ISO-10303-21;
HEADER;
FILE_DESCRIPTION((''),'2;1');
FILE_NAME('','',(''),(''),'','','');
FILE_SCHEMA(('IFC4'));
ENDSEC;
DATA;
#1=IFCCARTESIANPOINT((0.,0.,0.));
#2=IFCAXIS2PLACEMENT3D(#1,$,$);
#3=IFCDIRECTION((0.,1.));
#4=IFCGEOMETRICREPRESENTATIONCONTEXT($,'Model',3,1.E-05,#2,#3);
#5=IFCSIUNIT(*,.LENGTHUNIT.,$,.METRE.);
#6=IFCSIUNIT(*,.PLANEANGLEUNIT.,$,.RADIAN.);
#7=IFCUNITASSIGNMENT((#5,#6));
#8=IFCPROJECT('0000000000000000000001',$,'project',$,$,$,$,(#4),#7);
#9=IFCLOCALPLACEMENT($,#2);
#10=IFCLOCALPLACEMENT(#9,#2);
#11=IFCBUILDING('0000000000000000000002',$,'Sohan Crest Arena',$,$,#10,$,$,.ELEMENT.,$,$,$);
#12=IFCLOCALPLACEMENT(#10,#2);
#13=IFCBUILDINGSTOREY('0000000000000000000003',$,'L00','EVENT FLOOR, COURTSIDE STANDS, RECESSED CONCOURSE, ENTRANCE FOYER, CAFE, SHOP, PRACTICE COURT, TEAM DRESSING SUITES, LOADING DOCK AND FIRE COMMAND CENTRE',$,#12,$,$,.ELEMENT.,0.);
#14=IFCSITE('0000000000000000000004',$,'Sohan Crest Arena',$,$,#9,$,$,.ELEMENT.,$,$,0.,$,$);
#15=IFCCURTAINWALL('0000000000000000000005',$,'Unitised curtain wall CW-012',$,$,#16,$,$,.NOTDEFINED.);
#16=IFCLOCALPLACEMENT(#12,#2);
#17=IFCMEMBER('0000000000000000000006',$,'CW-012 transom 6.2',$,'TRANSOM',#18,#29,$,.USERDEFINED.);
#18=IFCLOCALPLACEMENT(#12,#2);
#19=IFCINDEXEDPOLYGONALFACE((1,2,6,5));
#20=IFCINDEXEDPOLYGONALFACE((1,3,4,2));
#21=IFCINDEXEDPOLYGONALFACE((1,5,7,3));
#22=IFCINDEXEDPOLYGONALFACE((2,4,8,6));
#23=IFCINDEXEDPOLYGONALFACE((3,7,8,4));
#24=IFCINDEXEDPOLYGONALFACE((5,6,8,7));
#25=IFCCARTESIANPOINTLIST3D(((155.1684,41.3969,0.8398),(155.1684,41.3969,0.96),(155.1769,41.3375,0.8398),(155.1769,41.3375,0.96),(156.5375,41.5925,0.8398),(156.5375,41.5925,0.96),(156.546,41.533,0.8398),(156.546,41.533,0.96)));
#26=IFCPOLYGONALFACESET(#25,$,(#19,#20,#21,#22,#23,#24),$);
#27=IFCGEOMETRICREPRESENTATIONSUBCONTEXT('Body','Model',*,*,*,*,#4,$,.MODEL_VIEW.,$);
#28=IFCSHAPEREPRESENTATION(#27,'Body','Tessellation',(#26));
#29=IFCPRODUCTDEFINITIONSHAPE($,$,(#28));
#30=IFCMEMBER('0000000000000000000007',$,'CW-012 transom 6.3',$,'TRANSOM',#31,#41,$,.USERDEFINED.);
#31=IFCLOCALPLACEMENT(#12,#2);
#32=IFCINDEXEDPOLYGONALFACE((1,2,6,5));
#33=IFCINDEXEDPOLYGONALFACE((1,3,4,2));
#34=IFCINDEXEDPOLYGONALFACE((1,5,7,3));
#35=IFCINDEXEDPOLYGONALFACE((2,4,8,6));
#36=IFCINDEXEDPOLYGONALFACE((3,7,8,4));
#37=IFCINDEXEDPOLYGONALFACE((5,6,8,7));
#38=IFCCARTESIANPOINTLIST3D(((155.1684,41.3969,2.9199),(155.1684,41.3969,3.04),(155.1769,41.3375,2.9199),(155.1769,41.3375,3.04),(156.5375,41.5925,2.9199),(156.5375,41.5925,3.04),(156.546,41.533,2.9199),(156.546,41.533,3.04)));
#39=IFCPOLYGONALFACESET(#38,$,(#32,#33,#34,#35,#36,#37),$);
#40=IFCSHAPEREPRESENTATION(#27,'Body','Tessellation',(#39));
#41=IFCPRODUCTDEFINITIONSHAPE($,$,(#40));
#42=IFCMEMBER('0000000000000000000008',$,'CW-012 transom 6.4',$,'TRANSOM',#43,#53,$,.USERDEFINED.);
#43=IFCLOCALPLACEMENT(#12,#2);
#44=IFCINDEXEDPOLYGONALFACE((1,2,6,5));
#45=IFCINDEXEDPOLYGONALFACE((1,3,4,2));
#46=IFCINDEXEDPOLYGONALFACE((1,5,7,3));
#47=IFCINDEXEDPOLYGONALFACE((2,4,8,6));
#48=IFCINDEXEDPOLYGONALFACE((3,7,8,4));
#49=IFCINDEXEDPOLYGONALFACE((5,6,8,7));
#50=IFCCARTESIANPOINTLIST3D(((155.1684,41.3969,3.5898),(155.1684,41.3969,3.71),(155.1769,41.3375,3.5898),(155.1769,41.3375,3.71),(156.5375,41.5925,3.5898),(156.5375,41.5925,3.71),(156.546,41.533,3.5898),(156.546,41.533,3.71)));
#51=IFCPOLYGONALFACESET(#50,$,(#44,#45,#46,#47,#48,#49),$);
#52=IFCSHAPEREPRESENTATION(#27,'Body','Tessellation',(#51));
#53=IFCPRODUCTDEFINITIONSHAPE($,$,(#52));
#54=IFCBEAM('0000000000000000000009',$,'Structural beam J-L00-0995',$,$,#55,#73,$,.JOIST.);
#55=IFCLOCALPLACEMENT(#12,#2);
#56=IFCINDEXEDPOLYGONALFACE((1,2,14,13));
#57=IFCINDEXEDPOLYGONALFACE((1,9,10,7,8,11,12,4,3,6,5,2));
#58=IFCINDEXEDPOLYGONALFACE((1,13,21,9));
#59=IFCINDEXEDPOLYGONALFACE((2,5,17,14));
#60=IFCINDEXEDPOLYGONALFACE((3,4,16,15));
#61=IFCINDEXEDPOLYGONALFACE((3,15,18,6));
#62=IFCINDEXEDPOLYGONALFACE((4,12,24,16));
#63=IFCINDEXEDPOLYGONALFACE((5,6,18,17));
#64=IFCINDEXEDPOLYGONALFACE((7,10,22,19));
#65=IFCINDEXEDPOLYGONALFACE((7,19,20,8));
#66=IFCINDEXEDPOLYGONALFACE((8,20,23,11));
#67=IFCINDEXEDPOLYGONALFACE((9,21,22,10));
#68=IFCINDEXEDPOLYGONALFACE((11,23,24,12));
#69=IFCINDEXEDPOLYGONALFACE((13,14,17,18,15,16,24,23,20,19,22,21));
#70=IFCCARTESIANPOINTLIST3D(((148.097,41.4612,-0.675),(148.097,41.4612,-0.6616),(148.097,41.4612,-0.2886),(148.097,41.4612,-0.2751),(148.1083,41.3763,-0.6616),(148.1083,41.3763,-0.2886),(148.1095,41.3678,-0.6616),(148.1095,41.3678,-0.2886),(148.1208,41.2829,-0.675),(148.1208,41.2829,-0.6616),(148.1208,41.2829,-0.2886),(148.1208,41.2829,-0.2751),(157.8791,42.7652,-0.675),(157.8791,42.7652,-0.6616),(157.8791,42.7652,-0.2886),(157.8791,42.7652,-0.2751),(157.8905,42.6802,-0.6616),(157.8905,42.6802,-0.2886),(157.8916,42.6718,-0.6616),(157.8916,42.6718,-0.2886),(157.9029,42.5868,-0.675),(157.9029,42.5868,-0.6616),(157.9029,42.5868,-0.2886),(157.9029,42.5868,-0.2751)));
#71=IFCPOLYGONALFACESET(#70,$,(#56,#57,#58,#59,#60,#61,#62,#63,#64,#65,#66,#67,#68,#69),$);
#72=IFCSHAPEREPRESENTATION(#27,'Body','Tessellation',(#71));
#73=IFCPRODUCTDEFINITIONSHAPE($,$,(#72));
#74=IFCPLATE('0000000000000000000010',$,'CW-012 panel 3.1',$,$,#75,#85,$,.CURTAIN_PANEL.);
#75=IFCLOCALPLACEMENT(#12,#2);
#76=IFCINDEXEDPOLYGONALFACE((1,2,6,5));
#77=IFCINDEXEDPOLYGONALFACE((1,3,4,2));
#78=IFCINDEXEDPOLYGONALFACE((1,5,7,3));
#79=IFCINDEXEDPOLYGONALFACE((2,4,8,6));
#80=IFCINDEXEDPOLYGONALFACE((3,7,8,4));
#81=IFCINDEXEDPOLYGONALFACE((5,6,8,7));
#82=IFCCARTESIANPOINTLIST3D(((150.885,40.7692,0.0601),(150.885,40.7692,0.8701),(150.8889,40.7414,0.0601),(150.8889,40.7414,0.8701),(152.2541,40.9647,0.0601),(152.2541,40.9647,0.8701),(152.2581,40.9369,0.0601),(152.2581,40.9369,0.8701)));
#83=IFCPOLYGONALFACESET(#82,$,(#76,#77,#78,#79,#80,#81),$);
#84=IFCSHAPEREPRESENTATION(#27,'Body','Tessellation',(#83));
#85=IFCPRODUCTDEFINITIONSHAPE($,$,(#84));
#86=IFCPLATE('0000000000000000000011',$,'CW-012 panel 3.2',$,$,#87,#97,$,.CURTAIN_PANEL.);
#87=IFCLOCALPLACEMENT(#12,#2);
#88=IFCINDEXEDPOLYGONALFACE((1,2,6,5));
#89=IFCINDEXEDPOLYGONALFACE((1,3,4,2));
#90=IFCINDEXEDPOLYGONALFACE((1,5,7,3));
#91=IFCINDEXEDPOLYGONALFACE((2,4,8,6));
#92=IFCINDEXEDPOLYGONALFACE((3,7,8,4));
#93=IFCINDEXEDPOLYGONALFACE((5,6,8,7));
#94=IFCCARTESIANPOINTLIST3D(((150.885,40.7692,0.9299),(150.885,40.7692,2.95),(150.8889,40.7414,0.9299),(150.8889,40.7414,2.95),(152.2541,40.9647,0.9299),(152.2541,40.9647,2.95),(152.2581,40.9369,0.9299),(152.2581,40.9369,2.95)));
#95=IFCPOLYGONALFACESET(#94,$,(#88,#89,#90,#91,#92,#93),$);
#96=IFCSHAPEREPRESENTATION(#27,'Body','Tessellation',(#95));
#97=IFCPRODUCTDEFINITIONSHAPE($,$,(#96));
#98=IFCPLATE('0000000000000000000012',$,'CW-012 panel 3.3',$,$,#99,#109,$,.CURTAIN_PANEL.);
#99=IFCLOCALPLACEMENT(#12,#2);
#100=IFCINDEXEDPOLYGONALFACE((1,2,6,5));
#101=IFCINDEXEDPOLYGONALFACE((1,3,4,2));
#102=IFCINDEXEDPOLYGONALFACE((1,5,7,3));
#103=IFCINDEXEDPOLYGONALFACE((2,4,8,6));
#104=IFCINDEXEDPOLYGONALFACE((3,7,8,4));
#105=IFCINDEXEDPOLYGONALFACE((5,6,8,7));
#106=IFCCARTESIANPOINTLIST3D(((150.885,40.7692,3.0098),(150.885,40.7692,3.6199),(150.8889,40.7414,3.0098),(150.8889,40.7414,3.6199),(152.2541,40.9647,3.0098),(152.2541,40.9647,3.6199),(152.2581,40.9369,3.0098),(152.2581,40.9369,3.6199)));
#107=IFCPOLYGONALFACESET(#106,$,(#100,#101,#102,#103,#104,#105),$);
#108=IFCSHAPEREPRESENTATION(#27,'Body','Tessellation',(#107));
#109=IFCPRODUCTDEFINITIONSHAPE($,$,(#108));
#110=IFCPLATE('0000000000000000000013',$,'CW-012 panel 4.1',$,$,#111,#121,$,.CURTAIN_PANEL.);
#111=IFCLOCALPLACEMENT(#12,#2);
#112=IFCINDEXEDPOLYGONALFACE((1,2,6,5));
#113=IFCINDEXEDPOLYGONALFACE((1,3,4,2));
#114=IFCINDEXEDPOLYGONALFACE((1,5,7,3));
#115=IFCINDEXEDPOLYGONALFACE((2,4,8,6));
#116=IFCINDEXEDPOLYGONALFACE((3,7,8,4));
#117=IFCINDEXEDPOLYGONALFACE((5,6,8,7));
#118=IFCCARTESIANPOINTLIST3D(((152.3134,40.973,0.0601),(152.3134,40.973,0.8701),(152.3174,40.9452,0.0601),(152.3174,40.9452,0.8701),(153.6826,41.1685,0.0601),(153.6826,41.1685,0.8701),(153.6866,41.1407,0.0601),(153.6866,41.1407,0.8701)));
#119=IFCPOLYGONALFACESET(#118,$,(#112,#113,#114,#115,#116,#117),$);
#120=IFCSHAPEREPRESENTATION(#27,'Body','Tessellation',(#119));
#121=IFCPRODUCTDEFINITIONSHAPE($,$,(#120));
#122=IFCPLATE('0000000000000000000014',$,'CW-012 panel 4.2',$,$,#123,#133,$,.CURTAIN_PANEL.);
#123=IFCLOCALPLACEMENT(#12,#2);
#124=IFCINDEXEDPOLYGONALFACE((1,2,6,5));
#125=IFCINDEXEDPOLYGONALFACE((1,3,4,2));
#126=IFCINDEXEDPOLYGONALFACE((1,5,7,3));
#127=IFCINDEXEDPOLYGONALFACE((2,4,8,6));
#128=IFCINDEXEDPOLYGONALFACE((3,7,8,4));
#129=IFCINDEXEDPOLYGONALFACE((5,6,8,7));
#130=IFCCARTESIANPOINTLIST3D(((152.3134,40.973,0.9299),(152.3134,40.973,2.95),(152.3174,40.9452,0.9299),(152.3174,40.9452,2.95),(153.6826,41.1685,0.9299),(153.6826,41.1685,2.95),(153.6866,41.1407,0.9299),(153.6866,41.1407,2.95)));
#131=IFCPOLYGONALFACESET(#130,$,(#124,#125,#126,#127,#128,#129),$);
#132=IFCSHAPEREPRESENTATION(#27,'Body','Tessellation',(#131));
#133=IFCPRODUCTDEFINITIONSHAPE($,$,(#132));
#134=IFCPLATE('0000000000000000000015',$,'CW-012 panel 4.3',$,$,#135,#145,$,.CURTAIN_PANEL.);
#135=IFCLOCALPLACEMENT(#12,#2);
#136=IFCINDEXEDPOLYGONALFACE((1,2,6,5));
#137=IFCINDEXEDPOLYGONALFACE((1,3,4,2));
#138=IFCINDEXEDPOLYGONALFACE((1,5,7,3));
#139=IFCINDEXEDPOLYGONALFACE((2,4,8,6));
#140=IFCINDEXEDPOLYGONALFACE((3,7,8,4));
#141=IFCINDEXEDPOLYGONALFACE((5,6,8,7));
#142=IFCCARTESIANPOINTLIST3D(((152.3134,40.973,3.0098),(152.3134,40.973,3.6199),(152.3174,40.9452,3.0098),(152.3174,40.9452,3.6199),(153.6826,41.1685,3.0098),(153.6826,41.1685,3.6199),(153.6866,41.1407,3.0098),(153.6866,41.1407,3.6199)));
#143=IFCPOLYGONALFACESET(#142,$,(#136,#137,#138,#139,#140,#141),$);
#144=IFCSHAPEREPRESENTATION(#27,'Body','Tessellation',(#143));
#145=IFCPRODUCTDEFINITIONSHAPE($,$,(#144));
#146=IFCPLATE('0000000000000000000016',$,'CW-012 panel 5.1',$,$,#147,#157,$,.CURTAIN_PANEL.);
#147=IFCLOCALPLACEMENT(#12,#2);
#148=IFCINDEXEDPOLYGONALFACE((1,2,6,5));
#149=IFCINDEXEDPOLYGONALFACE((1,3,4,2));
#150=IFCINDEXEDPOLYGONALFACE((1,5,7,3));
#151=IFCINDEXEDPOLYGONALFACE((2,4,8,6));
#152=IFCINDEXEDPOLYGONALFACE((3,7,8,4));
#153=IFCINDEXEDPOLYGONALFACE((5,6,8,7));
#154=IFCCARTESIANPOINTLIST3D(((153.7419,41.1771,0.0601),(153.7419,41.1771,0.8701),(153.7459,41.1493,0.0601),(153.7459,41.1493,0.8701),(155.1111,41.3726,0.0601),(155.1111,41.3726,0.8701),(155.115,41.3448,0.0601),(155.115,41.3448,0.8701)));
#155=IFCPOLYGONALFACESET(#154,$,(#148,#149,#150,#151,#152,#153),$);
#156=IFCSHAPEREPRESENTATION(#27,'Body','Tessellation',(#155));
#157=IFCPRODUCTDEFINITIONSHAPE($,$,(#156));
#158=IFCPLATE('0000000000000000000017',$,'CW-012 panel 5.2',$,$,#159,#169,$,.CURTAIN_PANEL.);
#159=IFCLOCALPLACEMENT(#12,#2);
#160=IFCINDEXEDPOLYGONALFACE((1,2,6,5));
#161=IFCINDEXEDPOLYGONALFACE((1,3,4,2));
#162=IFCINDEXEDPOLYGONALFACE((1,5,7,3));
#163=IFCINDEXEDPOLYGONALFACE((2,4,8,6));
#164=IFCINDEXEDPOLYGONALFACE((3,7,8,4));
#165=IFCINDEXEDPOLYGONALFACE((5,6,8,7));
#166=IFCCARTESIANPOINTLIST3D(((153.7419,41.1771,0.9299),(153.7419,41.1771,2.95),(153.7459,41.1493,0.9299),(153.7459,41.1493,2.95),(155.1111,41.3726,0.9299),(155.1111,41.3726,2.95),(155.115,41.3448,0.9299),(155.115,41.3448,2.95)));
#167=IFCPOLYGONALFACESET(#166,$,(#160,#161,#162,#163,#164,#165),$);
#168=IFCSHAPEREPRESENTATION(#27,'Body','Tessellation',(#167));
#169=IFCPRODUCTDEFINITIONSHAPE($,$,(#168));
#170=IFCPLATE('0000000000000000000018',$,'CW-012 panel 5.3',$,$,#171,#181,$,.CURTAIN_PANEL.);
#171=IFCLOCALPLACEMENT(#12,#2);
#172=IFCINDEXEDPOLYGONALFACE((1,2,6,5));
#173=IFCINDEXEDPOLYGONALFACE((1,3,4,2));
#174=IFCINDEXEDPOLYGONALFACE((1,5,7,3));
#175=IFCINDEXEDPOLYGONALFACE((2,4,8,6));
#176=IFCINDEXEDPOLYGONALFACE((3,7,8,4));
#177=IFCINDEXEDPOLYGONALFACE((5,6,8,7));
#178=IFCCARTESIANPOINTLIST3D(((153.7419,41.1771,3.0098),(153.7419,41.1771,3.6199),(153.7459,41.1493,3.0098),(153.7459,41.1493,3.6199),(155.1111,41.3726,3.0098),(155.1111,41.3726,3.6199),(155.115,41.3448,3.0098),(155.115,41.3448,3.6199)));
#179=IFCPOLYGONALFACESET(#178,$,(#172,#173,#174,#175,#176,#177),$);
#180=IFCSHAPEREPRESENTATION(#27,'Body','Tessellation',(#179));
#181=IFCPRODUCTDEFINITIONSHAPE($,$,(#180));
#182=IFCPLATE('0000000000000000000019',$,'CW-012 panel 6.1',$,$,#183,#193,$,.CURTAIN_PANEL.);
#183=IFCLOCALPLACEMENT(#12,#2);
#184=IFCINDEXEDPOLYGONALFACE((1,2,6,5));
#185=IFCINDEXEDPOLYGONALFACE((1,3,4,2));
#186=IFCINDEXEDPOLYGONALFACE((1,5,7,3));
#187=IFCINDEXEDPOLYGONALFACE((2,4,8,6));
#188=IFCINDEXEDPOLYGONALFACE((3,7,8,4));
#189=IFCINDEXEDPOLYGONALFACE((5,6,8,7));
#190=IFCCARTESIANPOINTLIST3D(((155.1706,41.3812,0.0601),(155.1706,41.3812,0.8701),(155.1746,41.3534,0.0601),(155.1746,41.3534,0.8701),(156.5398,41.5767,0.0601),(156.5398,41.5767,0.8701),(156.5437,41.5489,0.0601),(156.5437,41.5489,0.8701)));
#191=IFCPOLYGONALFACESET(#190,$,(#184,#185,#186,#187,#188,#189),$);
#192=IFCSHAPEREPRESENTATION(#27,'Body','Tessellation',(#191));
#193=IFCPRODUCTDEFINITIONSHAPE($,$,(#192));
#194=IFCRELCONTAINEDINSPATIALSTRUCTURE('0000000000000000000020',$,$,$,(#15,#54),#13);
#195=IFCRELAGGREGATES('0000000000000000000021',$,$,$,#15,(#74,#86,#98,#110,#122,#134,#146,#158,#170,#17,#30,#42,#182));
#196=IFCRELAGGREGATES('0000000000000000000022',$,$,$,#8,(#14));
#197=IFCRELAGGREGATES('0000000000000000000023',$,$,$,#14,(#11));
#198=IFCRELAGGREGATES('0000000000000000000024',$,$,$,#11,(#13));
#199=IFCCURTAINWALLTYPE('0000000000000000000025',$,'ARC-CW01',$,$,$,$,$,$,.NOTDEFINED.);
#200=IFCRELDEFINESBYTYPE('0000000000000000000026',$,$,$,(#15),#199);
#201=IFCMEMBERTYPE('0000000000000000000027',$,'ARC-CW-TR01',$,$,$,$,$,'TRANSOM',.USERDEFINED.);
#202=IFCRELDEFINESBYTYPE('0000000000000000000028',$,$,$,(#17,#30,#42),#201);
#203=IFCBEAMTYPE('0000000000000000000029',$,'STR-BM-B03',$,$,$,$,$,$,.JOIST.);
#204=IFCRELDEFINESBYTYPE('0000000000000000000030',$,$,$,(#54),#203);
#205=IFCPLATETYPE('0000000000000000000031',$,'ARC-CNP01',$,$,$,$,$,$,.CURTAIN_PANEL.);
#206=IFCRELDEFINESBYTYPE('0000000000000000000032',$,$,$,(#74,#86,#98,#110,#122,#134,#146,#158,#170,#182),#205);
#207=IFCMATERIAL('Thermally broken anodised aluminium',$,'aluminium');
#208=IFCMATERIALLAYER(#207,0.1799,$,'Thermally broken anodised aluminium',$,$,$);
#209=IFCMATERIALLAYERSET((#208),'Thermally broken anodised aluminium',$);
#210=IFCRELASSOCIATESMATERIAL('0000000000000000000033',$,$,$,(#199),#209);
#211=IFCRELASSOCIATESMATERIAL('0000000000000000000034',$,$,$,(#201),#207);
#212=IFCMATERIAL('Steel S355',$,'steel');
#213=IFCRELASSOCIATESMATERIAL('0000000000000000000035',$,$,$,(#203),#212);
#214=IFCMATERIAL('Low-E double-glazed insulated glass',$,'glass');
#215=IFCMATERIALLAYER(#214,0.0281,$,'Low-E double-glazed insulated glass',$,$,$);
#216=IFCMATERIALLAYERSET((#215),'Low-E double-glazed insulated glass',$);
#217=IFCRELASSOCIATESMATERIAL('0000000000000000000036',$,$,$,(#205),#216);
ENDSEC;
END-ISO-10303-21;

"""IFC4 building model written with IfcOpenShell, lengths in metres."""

from ifc_helpers import new_model, si_unit, direction, frame, origin, origin_2d, place, context, subcontext, project, spatial, rectangle, i_section, extrude, material, layer, layer_set, material_profile, profile_set, type_object, element, aggregate, save


model = new_model("IFC4")

# Units and contexts
model_context = context("Model", 3, precision=1e-05, world=origin(), true_north=direction((0.0, 1.0)))
body_context = subcontext(model_context, "Body", "Model", "MODEL_VIEW")
ifc_project = project(units=[si_unit("LENGTHUNIT", "METRE"), si_unit("PLANEANGLEUNIT", "RADIAN")], contexts=[model_context])

# Site, building, storey
site_placement = place(None, origin())
site = spatial("IfcSite", under=ifc_project, at=site_placement, Name="Sohan Crest Arena", CompositionType="ELEMENT", RefElevation=0.0)
building_placement = place(site_placement, origin())
building = spatial("IfcBuilding", under=site, at=building_placement, Name="Sohan Crest Arena", CompositionType="ELEMENT")
storey_placement = place(building_placement, origin())
storey = spatial("IfcBuildingStorey", under=building, at=storey_placement, Name="L00", Description="EVENT FLOOR, COURTSIDE STANDS, RECESSED CONCOURSE, ENTRANCE FOYER, CAFE, SHOP, PRACTICE COURT, TEAM DRESSING SUITES, LOADING DOCK AND FIRE COMMAND CENTRE", CompositionType="ELEMENT", Elevation=0.0)

# Curtain wall, members
ifc_material_1 = material(Name="Thermally broken anodised aluminium", Category="aluminium")
ifc_layer_1 = layer(ifc_material_1, 0.1799, Name="Thermally broken anodised aluminium")
ifc_layer_set_1 = layer_set([ifc_layer_1], Name="Thermally broken anodised aluminium")
curtain_wall_type = type_object("IfcCurtainWallType", Name="ARC-CW01", PredefinedType="NOTDEFINED", material=ifc_layer_set_1)
curtain_wall_placement = place(storey_placement, origin())
curtain_wall = element("IfcCurtainWall", 1, at=curtain_wall_placement, inside=storey, type_object=curtain_wall_type, Name="Unitised curtain wall CW-012", PredefinedType="NOTDEFINED")
ifc_material_profile_1 = material_profile(ifc_material_1, rectangle(XDim=0.0601, YDim=0.1201, at=origin_2d()), Name="ALU-TRAN 60x120")
ifc_profile_set_1 = profile_set([ifc_material_profile_1], Name="Thermally broken anodised aluminium")
member_type_1 = type_object("IfcMemberType", Name="ARC-CW-TR01", ElementType="TRANSOM", PredefinedType="USERDEFINED", material=ifc_profile_set_1)
member_1_placement = place(storey_placement, frame((155.1726, 41.3672, 0.8999), z_axis=(0.989953, 0.141397, 0.0), x_axis=(-0.141397, 0.989953, 0.0)))
member_1 = element("IfcMember", 2, at=member_1_placement, type_object=member_type_1, Name="CW-012 transom 6.2", ObjectType="TRANSOM", PredefinedType="USERDEFINED", context=body_context, shape_type="SweptSolid", body=[
    extrude(rectangle(XDim=0.0601, YDim=0.1201, at=origin_2d()), origin(), (0.0, 0.0, 1.0), 1.3831),
])
member_2_placement = place(storey_placement, frame((155.1726, 41.3672, 2.98), z_axis=(0.989953, 0.141397, 0.0), x_axis=(-0.141397, 0.989953, 0.0)))
member_2 = element("IfcMember", 3, at=member_2_placement, type_object=member_type_1, Name="CW-012 transom 6.3", ObjectType="TRANSOM", PredefinedType="USERDEFINED", context=body_context, shape_type="SweptSolid", body=[
    extrude(rectangle(XDim=0.0601, YDim=0.1201, at=origin_2d()), origin(), (0.0, 0.0, 1.0), 1.3831),
])
member_3_placement = place(storey_placement, frame((155.1726, 41.3672, 3.6499), z_axis=(0.989953, 0.141397, 0.0), x_axis=(-0.141397, 0.989953, 0.0)))
member_3 = element("IfcMember", 4, at=member_3_placement, type_object=member_type_1, Name="CW-012 transom 6.4", ObjectType="TRANSOM", PredefinedType="USERDEFINED", context=body_context, shape_type="SweptSolid", body=[
    extrude(rectangle(XDim=0.0601, YDim=0.1201, at=origin_2d()), origin(), (0.0, 0.0, 1.0), 1.3831),
])

# Beam
ifc_material_2 = material(Name="Steel S355", Category="steel")
ifc_material_profile_2 = material_profile(ifc_material_2, i_section(OverallWidth=0.1799, OverallDepth=0.3999, WebThickness=0.0085, FlangeThickness=0.0134, at=origin_2d()), Name="IPE 400")
ifc_profile_set_2 = profile_set([ifc_material_profile_2], Name="Steel S355")
beam_type = type_object("IfcBeamType", Name="STR-BM-B03", PredefinedType="JOIST", material=ifc_profile_set_2)
beam_placement = place(storey_placement, frame((148.1089, 41.3721, -0.4751), z_axis=(0.991232, 0.13213, 0.0), x_axis=(-0.13213, 0.991232, 0.0)))
element("IfcBeam", 5, at=beam_placement, inside=storey, type_object=beam_type, Name="Structural beam J-L00-0995", PredefinedType="JOIST", context=body_context, shape_type="SweptSolid", body=[
    extrude(i_section(OverallWidth=0.1799, OverallDepth=0.3999, WebThickness=0.0085, FlangeThickness=0.0134, at=origin_2d()), origin(), (0.0, 0.0, 1.0), 9.8687),
])

# Plates
ifc_material_3 = material(Name="Low-E double-glazed insulated glass", Category="glass")
ifc_layer_2 = layer(ifc_material_3, 0.0281, Name="Low-E double-glazed insulated glass")
ifc_layer_set_2 = layer_set([ifc_layer_2], Name="Low-E double-glazed insulated glass")
plate_type = type_object("IfcPlateType", Name="ARC-CNP01", PredefinedType="CURTAIN_PANEL", material=ifc_layer_set_2)
plate_1_placement = place(storey_placement, frame((151.5715, 40.853, 0.0601), z_axis=(0.0, 0.0, 1.0), x_axis=(0.989957, 0.141366, 0.0)))
plate_1 = element("IfcPlate", 6, at=plate_1_placement, type_object=plate_type, Name="CW-012 panel 3.1", PredefinedType="CURTAIN_PANEL", context=body_context, shape_type="SweptSolid", body=[
    extrude(rectangle(XDim=1.3831, YDim=0.0281, at=origin_2d()), origin(), (0.0, 0.0, 1.0), 0.8101),
])
plate_2_placement = place(storey_placement, frame((151.5715, 40.853, 0.9299), z_axis=(0.0, 0.0, 1.0), x_axis=(0.989957, 0.141366, 0.0)))
plate_2 = element("IfcPlate", 7, at=plate_2_placement, type_object=plate_type, Name="CW-012 panel 3.2", PredefinedType="CURTAIN_PANEL", context=body_context, shape_type="SweptSolid", body=[
    extrude(rectangle(XDim=1.3831, YDim=0.0281, at=origin_2d()), origin(), (0.0, 0.0, 1.0), 2.02),
])
plate_3_placement = place(storey_placement, frame((151.5715, 40.853, 3.0098), z_axis=(0.0, 0.0, 1.0), x_axis=(0.989957, 0.141366, 0.0)))
plate_3 = element("IfcPlate", 8, at=plate_3_placement, type_object=plate_type, Name="CW-012 panel 3.3", PredefinedType="CURTAIN_PANEL", context=body_context, shape_type="SweptSolid", body=[
    extrude(rectangle(XDim=1.3831, YDim=0.0281, at=origin_2d()), origin(), (0.0, 0.0, 1.0), 0.6101),
])
plate_4_placement = place(storey_placement, frame((153.0, 41.0569, 0.0601), z_axis=(0.0, 0.0, 1.0), x_axis=(0.989957, 0.141366, 0.0)))
plate_4 = element("IfcPlate", 9, at=plate_4_placement, type_object=plate_type, Name="CW-012 panel 4.1", PredefinedType="CURTAIN_PANEL", context=body_context, shape_type="SweptSolid", body=[
    extrude(rectangle(XDim=1.3831, YDim=0.0281, at=origin_2d()), origin(), (0.0, 0.0, 1.0), 0.8101),
])
plate_5_placement = place(storey_placement, frame((153.0, 41.0569, 0.9299), z_axis=(0.0, 0.0, 1.0), x_axis=(0.989957, 0.141366, 0.0)))
plate_5 = element("IfcPlate", 10, at=plate_5_placement, type_object=plate_type, Name="CW-012 panel 4.2", PredefinedType="CURTAIN_PANEL", context=body_context, shape_type="SweptSolid", body=[
    extrude(rectangle(XDim=1.3831, YDim=0.0281, at=origin_2d()), origin(), (0.0, 0.0, 1.0), 2.02),
])
plate_6_placement = place(storey_placement, frame((153.0, 41.0569, 3.0098), z_axis=(0.0, 0.0, 1.0), x_axis=(0.989957, 0.141366, 0.0)))
plate_6 = element("IfcPlate", 11, at=plate_6_placement, type_object=plate_type, Name="CW-012 panel 4.3", PredefinedType="CURTAIN_PANEL", context=body_context, shape_type="SweptSolid", body=[
    extrude(rectangle(XDim=1.3831, YDim=0.0281, at=origin_2d()), origin(), (0.0, 0.0, 1.0), 0.6101),
])
plate_7_placement = place(storey_placement, frame((154.4285, 41.261, 0.0601), z_axis=(0.0, 0.0, 1.0), x_axis=(0.989957, 0.141366, 0.0)))
plate_7 = element("IfcPlate", 12, at=plate_7_placement, type_object=plate_type, Name="CW-012 panel 5.1", PredefinedType="CURTAIN_PANEL", context=body_context, shape_type="SweptSolid", body=[
    extrude(rectangle(XDim=1.3831, YDim=0.0281, at=origin_2d()), origin(), (0.0, 0.0, 1.0), 0.8101),
])
plate_8_placement = place(storey_placement, frame((154.4285, 41.261, 0.9299), z_axis=(0.0, 0.0, 1.0), x_axis=(0.989957, 0.141366, 0.0)))
plate_8 = element("IfcPlate", 13, at=plate_8_placement, type_object=plate_type, Name="CW-012 panel 5.2", PredefinedType="CURTAIN_PANEL", context=body_context, shape_type="SweptSolid", body=[
    extrude(rectangle(XDim=1.3831, YDim=0.0281, at=origin_2d()), origin(), (0.0, 0.0, 1.0), 2.02),
])
plate_9_placement = place(storey_placement, frame((154.4285, 41.261, 3.0098), z_axis=(0.0, 0.0, 1.0), x_axis=(0.989957, 0.141366, 0.0)))
plate_9 = element("IfcPlate", 14, at=plate_9_placement, type_object=plate_type, Name="CW-012 panel 5.3", PredefinedType="CURTAIN_PANEL", context=body_context, shape_type="SweptSolid", body=[
    extrude(rectangle(XDim=1.3831, YDim=0.0281, at=origin_2d()), origin(), (0.0, 0.0, 1.0), 0.6101),
])
plate_10_placement = place(storey_placement, frame((155.8572, 41.4651, 0.0601), z_axis=(0.0, 0.0, 1.0), x_axis=(0.989957, 0.141366, 0.0)))
plate_10 = element("IfcPlate", 15, at=plate_10_placement, type_object=plate_type, Name="CW-012 panel 6.1", PredefinedType="CURTAIN_PANEL", context=body_context, shape_type="SweptSolid", body=[
    extrude(rectangle(XDim=1.3831, YDim=0.0281, at=origin_2d()), origin(), (0.0, 0.0, 1.0), 0.8101),
])
aggregate(curtain_wall, [plate_1, plate_2, plate_3, plate_4, plate_5, plate_6, plate_7, plate_8, plate_9, member_1, member_2, member_3, plate_10])

save(model, "model.ifc")
